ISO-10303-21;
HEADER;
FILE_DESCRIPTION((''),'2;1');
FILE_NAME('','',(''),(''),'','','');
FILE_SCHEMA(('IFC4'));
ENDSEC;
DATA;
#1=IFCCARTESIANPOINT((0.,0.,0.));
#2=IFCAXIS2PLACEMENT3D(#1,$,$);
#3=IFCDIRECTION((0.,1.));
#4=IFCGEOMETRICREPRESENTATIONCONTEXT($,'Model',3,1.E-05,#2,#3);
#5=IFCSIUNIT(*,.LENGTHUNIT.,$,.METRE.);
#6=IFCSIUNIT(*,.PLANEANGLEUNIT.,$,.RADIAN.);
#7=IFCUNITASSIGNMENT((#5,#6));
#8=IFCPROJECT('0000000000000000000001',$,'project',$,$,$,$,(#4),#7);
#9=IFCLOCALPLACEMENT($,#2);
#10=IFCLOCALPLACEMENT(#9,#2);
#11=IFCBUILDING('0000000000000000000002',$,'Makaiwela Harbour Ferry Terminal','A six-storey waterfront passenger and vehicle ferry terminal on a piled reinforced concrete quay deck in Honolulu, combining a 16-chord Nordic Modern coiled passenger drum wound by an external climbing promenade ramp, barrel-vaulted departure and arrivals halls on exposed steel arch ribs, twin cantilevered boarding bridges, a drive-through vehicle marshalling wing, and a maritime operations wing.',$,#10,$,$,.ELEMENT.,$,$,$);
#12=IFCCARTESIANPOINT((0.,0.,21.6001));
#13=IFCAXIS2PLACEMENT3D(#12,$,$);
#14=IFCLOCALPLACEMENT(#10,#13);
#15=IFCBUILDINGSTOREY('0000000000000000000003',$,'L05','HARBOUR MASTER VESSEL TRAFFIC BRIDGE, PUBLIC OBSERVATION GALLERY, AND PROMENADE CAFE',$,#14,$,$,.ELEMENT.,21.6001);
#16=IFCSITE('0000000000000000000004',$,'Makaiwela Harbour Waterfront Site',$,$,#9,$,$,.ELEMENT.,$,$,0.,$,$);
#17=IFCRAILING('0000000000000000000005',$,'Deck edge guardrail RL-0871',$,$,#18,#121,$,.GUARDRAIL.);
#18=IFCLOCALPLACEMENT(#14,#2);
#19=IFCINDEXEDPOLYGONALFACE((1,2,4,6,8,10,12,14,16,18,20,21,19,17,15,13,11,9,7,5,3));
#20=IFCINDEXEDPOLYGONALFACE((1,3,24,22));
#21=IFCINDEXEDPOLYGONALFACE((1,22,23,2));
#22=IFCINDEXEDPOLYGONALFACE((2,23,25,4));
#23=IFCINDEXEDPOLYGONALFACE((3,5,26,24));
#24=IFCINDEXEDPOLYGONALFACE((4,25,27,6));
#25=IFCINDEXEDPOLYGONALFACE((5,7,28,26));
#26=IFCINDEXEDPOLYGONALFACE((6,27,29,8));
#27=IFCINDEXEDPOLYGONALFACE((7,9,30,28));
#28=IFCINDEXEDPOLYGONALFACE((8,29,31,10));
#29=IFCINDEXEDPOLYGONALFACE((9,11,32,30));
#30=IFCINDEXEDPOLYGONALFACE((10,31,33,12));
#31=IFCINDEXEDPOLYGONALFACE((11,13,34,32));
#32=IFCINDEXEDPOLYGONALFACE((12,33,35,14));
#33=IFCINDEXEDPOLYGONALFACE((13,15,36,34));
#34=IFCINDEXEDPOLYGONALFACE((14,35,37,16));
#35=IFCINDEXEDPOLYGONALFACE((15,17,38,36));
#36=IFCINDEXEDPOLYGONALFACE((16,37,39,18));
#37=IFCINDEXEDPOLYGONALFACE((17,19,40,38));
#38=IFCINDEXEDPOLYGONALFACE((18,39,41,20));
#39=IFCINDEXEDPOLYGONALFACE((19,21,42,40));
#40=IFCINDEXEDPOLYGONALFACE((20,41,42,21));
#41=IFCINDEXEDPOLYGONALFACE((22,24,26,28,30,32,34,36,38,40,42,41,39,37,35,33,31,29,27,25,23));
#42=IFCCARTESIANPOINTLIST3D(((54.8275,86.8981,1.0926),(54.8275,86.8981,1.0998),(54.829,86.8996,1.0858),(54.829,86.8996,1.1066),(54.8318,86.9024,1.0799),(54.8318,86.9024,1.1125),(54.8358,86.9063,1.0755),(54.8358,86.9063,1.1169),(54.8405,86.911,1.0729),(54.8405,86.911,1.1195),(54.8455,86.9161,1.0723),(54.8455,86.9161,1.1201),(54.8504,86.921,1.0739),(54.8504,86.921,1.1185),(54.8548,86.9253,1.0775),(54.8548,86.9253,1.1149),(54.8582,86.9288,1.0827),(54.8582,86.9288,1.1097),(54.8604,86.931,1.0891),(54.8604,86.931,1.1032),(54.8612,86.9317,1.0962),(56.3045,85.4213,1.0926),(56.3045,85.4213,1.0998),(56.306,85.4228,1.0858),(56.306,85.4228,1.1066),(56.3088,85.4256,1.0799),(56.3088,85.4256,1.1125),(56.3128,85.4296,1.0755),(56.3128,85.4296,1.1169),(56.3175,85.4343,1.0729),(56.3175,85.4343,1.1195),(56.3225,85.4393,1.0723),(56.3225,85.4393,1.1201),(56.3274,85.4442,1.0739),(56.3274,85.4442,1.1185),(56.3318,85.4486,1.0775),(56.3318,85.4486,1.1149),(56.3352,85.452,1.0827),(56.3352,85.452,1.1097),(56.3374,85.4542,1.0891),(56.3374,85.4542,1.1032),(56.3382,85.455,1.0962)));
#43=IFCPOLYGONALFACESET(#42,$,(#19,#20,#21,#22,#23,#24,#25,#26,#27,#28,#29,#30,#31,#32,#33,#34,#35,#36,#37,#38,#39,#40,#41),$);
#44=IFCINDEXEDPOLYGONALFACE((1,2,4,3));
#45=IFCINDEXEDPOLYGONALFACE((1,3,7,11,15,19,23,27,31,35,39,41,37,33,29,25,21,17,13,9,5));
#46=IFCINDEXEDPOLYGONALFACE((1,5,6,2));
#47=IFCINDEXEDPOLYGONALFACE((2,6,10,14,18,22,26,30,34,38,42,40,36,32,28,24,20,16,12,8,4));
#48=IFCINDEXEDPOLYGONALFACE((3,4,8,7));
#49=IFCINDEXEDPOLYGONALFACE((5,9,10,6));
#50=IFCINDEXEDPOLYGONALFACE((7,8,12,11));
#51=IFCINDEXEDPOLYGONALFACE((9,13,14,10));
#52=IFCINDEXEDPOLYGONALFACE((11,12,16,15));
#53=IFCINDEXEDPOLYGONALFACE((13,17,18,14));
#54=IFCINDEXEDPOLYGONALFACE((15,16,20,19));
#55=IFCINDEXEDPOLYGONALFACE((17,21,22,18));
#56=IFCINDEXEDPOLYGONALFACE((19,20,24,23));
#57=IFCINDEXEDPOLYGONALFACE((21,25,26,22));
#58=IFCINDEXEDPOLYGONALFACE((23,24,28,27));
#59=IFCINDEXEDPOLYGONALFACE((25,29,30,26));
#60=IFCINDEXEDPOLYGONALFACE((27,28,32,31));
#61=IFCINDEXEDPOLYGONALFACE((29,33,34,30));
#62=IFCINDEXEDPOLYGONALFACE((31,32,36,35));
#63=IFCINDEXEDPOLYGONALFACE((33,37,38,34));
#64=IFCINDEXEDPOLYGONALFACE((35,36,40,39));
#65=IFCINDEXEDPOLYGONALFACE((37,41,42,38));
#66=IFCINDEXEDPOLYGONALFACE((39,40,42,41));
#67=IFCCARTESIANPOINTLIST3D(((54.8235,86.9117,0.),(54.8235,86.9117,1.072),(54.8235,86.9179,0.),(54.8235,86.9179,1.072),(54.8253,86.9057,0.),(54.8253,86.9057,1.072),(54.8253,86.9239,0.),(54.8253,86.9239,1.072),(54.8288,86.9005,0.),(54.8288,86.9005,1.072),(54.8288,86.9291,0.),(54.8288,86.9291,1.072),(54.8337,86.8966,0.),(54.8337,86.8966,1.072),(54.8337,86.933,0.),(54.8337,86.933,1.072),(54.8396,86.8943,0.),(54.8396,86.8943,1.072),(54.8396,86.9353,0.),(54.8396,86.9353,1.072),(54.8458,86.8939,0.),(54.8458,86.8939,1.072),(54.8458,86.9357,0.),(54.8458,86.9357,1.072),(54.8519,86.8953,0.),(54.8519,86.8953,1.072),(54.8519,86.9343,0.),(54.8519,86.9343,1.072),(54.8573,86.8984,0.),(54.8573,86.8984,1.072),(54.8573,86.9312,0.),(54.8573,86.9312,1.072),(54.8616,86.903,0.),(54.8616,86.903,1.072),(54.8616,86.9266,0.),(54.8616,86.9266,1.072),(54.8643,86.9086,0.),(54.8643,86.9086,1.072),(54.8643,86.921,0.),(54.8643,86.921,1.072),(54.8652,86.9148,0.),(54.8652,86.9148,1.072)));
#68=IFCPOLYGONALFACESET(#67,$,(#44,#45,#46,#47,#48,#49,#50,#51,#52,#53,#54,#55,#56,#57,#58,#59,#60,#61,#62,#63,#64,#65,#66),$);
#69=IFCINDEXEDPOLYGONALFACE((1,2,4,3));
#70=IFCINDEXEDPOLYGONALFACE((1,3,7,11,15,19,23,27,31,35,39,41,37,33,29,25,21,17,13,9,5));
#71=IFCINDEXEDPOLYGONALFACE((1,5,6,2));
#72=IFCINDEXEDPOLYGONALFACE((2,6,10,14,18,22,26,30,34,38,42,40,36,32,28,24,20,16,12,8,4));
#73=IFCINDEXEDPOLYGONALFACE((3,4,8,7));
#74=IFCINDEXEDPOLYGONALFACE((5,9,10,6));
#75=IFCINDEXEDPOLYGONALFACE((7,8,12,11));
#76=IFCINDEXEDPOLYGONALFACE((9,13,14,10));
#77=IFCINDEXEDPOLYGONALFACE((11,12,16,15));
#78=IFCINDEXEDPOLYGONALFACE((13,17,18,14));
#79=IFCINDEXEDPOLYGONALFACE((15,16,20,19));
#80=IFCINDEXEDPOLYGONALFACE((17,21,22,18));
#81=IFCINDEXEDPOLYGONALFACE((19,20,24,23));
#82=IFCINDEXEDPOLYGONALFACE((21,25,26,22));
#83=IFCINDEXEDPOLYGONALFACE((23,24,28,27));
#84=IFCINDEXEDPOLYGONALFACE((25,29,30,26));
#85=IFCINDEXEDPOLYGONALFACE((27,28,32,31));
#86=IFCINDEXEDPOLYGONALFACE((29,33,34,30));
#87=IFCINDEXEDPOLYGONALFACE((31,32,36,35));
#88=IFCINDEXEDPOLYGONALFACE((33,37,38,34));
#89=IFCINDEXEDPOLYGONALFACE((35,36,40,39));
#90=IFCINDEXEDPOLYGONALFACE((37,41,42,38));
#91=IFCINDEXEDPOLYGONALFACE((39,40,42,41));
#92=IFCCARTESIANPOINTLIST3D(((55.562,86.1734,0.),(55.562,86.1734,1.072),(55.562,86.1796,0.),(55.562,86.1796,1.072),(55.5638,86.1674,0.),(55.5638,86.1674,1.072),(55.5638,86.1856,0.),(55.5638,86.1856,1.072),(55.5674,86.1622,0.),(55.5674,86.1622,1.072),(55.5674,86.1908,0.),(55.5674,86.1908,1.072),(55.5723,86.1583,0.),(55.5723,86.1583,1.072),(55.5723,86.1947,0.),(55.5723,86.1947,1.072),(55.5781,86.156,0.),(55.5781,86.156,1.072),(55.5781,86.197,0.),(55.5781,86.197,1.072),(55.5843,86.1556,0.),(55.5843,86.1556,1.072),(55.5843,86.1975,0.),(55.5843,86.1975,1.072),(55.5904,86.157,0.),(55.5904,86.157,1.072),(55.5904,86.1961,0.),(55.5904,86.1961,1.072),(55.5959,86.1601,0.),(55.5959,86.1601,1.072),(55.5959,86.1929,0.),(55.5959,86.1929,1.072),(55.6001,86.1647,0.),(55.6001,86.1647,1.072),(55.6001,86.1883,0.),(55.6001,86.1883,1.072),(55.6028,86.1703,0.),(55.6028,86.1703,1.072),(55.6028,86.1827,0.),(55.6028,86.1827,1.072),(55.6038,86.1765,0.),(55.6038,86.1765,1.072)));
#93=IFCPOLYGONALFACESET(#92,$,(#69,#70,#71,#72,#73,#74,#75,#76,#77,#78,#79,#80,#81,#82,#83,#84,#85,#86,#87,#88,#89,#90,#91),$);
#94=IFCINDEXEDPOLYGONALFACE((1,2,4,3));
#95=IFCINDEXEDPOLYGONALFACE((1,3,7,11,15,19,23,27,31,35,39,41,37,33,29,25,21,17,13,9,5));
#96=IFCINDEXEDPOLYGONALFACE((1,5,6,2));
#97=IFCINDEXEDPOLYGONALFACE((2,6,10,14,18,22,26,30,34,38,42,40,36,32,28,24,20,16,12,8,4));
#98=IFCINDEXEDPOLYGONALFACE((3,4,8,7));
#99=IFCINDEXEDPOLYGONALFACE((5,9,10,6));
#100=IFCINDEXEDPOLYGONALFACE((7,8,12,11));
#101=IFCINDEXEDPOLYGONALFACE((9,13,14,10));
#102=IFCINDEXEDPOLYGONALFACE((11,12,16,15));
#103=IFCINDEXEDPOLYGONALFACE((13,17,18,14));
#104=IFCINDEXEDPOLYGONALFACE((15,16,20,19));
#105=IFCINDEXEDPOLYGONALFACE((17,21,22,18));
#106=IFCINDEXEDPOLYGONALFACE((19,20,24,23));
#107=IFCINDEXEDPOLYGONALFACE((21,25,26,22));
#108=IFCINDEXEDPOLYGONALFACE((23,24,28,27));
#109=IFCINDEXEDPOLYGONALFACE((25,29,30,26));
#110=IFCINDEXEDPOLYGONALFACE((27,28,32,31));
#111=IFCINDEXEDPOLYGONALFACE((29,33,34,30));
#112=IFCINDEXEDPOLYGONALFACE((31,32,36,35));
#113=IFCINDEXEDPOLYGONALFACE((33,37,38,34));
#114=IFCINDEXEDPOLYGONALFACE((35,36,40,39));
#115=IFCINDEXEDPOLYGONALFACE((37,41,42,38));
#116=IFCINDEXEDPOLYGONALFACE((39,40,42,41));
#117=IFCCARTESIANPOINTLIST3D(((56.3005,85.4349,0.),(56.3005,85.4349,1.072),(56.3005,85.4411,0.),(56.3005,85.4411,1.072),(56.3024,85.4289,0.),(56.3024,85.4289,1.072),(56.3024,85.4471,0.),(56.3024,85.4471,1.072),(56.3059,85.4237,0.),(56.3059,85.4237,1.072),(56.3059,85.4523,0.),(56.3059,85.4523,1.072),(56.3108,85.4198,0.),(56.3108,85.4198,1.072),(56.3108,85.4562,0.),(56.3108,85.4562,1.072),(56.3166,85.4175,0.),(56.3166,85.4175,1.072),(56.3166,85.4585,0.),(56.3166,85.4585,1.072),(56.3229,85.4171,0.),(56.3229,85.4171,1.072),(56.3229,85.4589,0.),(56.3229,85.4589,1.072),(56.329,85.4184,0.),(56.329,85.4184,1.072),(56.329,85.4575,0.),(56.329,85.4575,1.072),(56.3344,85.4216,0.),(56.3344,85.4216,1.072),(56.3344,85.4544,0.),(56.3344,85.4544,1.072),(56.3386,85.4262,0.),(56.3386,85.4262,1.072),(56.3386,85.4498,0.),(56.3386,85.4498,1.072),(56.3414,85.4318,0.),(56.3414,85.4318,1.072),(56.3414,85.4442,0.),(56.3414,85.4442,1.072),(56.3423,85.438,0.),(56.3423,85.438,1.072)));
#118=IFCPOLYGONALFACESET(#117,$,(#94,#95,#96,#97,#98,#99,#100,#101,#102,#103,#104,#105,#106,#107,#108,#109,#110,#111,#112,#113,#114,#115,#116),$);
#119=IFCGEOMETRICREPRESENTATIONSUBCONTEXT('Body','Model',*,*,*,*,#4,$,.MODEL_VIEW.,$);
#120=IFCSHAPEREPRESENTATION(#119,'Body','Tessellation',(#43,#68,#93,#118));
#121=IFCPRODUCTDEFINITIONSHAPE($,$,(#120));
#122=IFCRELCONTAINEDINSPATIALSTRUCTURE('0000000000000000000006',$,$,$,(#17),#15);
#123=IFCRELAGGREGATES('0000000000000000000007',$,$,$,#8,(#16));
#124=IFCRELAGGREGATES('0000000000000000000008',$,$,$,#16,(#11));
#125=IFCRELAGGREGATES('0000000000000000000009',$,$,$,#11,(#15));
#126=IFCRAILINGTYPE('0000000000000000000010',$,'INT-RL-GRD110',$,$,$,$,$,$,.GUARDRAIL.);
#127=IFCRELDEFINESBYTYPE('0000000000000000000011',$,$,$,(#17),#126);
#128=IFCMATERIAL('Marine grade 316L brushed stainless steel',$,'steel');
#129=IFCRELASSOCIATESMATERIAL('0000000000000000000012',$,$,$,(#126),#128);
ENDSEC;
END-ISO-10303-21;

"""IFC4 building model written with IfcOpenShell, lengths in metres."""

from ifc_helpers import new_model, si_unit, direction, frame, origin, origin_2d, place, context, subcontext, project, spatial, circle, extrude, material, type_object, element, save


model = new_model("IFC4")

# Units and contexts
model_context = context("Model", 3, precision=1e-05, world=origin(), true_north=direction((0.0, 1.0)))
body_context = subcontext(model_context, "Body", "Model", "MODEL_VIEW")
ifc_project = project(units=[si_unit("LENGTHUNIT", "METRE"), si_unit("PLANEANGLEUNIT", "RADIAN")], contexts=[model_context])

# Site, building, storey
site_placement = place(None, origin())
site = spatial("IfcSite", under=ifc_project, at=site_placement, Name="Makaiwela Harbour Waterfront Site", CompositionType="ELEMENT", RefElevation=0.0)
building_placement = place(site_placement, origin())
building = spatial("IfcBuilding", under=site, at=building_placement, Name="Makaiwela Harbour Ferry Terminal", Description="A six-storey waterfront passenger and vehicle ferry terminal on a piled reinforced concrete quay deck in Honolulu, combining a 16-chord Nordic Modern coiled passenger drum wound by an external climbing promenade ramp, barrel-vaulted departure and arrivals halls on exposed steel arch ribs, twin cantilevered boarding bridges, a drive-through vehicle marshalling wing, and a maritime operations wing.", CompositionType="ELEMENT")
storey_placement = place(building_placement, frame((0.0, 0.0, 21.6001)))
storey = spatial("IfcBuildingStorey", under=building, at=storey_placement, Name="L05", Description="HARBOUR MASTER VESSEL TRAFFIC BRIDGE, PUBLIC OBSERVATION GALLERY, AND PROMENADE CAFE", CompositionType="ELEMENT", Elevation=21.6001)

# Railing
ifc_material_1 = material(Name="Marine grade 316L brushed stainless steel", Category="steel")
railing_type = type_object("IfcRailingType", Name="INT-RL-GRD110", PredefinedType="GUARDRAIL", material=ifc_material_1)
railing_1_placement = place(storey_placement, frame((54.8442, 86.9148, 0.0)))
element("IfcRailing", 1, at=railing_1_placement, inside=storey, type_object=railing_type, Name="Deck edge guardrail RL-0871", PredefinedType="GUARDRAIL", context=body_context, shape_type="SweptSolid", body=[
    extrude(circle(Radius=0.0239, at=origin_2d()), frame((0.0, 0.0, 1.0962), z_axis=(0.707165, -0.707048, 0.0), x_axis=(0.707048, 0.707165, 0.0)), (0.0, 0.0, 1.0), 2.0886),
    extrude(circle(Radius=0.021, at=origin_2d()), origin(), (0.0, 0.0, 1.0), 1.072),
    extrude(circle(Radius=0.021, at=origin_2d()), frame((0.7385, -0.7383, 0.0)), (0.0, 0.0, 1.0), 1.072),
    extrude(circle(Radius=0.021, at=origin_2d()), frame((1.4771, -1.4768, 0.0)), (0.0, 0.0, 1.0), 1.072),
])

save(model, "model.ifc")
